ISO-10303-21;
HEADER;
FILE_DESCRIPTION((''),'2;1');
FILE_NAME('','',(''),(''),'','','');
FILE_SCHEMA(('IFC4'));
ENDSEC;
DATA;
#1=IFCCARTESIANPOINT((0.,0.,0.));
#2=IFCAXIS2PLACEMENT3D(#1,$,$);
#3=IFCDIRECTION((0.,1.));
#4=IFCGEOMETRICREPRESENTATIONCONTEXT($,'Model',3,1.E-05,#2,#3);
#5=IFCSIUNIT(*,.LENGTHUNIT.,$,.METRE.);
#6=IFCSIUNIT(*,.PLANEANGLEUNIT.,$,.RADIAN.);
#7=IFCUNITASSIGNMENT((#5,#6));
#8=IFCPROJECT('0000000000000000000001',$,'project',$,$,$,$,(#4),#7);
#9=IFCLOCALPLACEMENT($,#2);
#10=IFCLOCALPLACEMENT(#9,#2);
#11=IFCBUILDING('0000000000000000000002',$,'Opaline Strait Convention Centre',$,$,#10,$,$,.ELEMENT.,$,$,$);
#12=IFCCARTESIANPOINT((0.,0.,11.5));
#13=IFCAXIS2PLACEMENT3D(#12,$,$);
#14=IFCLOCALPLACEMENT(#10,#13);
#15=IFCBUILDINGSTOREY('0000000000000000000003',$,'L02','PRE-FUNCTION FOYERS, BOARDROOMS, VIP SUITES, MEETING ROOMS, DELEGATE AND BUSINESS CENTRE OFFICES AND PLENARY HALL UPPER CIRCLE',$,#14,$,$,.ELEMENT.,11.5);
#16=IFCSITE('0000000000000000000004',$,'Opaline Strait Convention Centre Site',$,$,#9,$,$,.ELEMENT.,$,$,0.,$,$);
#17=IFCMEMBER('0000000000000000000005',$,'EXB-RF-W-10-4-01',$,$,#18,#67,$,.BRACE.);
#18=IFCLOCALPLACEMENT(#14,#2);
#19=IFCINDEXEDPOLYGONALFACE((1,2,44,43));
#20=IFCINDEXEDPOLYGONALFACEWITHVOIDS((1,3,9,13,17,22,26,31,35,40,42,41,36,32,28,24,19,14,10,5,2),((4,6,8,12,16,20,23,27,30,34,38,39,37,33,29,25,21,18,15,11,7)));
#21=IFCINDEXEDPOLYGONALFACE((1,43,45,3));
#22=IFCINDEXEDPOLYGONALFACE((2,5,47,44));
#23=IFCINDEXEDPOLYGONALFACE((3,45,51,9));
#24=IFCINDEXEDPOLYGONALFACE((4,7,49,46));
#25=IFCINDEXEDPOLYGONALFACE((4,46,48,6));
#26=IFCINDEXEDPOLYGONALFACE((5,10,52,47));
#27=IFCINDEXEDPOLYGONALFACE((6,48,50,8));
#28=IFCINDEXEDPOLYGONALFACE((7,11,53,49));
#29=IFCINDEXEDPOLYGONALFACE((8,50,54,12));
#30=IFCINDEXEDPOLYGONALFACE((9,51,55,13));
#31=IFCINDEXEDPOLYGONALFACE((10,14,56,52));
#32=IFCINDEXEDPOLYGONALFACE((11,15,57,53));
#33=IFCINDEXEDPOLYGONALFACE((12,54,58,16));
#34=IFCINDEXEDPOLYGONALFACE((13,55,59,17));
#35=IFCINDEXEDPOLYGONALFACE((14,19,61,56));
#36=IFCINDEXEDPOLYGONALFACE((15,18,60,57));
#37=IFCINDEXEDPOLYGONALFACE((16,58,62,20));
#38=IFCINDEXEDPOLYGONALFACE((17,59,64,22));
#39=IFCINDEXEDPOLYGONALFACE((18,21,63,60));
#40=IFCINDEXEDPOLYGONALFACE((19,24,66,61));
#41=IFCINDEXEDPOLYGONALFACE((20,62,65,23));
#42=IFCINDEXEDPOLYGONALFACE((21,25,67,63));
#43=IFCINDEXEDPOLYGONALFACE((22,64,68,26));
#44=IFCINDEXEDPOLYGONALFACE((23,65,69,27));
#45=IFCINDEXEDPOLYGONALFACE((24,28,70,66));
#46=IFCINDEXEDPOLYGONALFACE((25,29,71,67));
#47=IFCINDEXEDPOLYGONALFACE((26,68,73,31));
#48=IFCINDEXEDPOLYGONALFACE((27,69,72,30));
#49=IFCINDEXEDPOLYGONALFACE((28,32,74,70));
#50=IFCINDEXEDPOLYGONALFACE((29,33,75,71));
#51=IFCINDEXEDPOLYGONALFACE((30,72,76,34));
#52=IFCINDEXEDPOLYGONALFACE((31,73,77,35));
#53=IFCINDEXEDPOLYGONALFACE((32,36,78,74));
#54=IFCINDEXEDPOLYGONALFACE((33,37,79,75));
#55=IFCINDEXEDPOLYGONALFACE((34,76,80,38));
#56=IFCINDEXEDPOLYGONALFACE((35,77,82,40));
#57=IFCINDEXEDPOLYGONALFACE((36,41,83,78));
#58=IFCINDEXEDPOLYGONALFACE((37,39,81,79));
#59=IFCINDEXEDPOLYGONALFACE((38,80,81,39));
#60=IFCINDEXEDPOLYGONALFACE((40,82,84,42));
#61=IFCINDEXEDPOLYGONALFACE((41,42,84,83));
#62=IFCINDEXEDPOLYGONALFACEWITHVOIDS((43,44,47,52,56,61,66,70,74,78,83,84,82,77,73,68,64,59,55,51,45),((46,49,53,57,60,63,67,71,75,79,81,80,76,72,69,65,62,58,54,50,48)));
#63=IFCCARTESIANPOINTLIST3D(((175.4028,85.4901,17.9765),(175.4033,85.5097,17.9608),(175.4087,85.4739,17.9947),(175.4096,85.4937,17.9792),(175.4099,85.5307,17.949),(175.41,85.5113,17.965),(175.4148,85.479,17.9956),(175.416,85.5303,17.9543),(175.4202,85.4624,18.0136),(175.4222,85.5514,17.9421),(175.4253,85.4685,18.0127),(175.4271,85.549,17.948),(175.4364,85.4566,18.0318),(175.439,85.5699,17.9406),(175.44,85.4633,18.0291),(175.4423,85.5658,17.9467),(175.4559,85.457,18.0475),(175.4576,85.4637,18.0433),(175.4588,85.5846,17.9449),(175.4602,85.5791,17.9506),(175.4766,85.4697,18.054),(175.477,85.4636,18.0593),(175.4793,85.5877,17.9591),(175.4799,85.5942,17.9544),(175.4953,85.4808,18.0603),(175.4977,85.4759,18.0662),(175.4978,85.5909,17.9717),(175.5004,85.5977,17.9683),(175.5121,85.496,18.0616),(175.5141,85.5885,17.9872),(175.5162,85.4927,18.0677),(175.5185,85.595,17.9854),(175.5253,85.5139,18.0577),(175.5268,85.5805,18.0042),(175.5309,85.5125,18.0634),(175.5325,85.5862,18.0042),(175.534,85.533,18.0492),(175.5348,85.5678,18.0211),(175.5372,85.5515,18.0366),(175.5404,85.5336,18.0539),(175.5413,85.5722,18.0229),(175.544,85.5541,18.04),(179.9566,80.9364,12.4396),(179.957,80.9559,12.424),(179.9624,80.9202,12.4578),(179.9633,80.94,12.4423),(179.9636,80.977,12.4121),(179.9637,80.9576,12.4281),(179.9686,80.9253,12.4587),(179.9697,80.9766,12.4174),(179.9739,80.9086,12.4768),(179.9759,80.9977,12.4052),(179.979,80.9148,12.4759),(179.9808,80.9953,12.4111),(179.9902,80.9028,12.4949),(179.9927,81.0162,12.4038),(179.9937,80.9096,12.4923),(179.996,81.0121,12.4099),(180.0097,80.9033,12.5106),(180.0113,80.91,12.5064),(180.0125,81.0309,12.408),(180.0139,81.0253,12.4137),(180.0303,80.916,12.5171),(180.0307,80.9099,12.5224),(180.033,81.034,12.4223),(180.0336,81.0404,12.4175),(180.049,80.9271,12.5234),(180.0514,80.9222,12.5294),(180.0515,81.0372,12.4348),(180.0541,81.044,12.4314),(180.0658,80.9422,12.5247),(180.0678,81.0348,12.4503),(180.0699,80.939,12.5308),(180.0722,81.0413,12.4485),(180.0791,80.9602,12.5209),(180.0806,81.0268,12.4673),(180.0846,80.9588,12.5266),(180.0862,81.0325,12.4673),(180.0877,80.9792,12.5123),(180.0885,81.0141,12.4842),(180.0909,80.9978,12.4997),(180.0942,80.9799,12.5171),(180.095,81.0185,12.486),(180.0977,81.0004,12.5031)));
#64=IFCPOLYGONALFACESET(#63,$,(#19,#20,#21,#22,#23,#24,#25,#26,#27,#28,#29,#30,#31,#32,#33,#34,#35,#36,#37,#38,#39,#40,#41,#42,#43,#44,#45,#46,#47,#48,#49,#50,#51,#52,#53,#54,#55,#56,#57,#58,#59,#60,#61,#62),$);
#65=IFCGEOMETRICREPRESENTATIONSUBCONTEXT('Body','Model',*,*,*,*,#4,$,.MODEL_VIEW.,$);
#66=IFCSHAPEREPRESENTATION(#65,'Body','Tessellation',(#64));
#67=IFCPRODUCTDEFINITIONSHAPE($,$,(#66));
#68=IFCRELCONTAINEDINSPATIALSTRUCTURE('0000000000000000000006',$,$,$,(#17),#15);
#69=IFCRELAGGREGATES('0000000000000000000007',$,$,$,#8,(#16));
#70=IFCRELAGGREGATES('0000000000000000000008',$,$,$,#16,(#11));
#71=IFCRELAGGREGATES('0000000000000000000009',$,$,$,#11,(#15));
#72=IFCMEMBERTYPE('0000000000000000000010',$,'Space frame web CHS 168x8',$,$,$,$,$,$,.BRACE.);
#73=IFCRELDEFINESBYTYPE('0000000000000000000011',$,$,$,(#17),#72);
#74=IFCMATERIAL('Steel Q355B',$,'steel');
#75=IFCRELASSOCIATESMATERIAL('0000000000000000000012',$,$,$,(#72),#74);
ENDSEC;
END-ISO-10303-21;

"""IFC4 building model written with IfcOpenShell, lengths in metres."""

from ifc_helpers import new_model, si_unit, direction, frame, origin, origin_2d, place, context, subcontext, project, spatial, hollow_circle, extrude, material, material_profile, profile_set, type_object, element, save


model = new_model("IFC4")

# Units and contexts
model_context = context("Model", 3, precision=1e-05, world=origin(), true_north=direction((0.0, 1.0)))
body_context = subcontext(model_context, "Body", "Model", "MODEL_VIEW")
ifc_project = project(units=[si_unit("LENGTHUNIT", "METRE"), si_unit("PLANEANGLEUNIT", "RADIAN")], contexts=[model_context])

# Site, building, storey
site_placement = place(None, origin())
site = spatial("IfcSite", under=ifc_project, at=site_placement, Name="Opaline Strait Convention Centre Site", CompositionType="ELEMENT", RefElevation=0.0)
building_placement = place(site_placement, origin())
building = spatial("IfcBuilding", under=site, at=building_placement, Name="Opaline Strait Convention Centre", CompositionType="ELEMENT")
storey_placement = place(building_placement, frame((0.0, 0.0, 11.5)))
storey = spatial("IfcBuildingStorey", under=building, at=storey_placement, Name="L02", Description="PRE-FUNCTION FOYERS, BOARDROOMS, VIP SUITES, MEETING ROOMS, DELEGATE AND BUSINESS CENTRE OFFICES AND PLENARY HALL UPPER CIRCLE", CompositionType="ELEMENT", Elevation=11.5)

# Member
ifc_material = material(Name="Steel Q355B", Category="steel")
ifc_material_profile_1 = material_profile(ifc_material, hollow_circle(Radius=0.084, WallThickness=0.0081, at=origin_2d()), Name="CHS 168x8")
ifc_profile_set_1 = profile_set([ifc_material_profile_1], Name="Steel Q355B")
member_type_1 = type_object("IfcMemberType", Name="Space frame web CHS 168x8", PredefinedType="BRACE", material=ifc_profile_set_1)
for number, where, z_axis, x_axis, name in (
    (1, (175.4731, 85.5269, 18.0042), (0.536178, -0.536178, -0.65194), (0.707107, 0.707107, 0.0), "EXB-RF-W-10-4-01"),
):
    element("IfcMember", number, at=place(storey_placement, frame(where, z_axis=z_axis, x_axis=x_axis)), inside=storey, type_object=member_type_1, Name=name, PredefinedType="BRACE", context=body_context, shape_type="SweptSolid", body=[
        extrude(hollow_circle(Radius=0.084, WallThickness=0.0081, at=origin_2d()), origin(), (0.0, 0.0, 1.0), 8.4929),
    ])

save(model, "model.ifc")
